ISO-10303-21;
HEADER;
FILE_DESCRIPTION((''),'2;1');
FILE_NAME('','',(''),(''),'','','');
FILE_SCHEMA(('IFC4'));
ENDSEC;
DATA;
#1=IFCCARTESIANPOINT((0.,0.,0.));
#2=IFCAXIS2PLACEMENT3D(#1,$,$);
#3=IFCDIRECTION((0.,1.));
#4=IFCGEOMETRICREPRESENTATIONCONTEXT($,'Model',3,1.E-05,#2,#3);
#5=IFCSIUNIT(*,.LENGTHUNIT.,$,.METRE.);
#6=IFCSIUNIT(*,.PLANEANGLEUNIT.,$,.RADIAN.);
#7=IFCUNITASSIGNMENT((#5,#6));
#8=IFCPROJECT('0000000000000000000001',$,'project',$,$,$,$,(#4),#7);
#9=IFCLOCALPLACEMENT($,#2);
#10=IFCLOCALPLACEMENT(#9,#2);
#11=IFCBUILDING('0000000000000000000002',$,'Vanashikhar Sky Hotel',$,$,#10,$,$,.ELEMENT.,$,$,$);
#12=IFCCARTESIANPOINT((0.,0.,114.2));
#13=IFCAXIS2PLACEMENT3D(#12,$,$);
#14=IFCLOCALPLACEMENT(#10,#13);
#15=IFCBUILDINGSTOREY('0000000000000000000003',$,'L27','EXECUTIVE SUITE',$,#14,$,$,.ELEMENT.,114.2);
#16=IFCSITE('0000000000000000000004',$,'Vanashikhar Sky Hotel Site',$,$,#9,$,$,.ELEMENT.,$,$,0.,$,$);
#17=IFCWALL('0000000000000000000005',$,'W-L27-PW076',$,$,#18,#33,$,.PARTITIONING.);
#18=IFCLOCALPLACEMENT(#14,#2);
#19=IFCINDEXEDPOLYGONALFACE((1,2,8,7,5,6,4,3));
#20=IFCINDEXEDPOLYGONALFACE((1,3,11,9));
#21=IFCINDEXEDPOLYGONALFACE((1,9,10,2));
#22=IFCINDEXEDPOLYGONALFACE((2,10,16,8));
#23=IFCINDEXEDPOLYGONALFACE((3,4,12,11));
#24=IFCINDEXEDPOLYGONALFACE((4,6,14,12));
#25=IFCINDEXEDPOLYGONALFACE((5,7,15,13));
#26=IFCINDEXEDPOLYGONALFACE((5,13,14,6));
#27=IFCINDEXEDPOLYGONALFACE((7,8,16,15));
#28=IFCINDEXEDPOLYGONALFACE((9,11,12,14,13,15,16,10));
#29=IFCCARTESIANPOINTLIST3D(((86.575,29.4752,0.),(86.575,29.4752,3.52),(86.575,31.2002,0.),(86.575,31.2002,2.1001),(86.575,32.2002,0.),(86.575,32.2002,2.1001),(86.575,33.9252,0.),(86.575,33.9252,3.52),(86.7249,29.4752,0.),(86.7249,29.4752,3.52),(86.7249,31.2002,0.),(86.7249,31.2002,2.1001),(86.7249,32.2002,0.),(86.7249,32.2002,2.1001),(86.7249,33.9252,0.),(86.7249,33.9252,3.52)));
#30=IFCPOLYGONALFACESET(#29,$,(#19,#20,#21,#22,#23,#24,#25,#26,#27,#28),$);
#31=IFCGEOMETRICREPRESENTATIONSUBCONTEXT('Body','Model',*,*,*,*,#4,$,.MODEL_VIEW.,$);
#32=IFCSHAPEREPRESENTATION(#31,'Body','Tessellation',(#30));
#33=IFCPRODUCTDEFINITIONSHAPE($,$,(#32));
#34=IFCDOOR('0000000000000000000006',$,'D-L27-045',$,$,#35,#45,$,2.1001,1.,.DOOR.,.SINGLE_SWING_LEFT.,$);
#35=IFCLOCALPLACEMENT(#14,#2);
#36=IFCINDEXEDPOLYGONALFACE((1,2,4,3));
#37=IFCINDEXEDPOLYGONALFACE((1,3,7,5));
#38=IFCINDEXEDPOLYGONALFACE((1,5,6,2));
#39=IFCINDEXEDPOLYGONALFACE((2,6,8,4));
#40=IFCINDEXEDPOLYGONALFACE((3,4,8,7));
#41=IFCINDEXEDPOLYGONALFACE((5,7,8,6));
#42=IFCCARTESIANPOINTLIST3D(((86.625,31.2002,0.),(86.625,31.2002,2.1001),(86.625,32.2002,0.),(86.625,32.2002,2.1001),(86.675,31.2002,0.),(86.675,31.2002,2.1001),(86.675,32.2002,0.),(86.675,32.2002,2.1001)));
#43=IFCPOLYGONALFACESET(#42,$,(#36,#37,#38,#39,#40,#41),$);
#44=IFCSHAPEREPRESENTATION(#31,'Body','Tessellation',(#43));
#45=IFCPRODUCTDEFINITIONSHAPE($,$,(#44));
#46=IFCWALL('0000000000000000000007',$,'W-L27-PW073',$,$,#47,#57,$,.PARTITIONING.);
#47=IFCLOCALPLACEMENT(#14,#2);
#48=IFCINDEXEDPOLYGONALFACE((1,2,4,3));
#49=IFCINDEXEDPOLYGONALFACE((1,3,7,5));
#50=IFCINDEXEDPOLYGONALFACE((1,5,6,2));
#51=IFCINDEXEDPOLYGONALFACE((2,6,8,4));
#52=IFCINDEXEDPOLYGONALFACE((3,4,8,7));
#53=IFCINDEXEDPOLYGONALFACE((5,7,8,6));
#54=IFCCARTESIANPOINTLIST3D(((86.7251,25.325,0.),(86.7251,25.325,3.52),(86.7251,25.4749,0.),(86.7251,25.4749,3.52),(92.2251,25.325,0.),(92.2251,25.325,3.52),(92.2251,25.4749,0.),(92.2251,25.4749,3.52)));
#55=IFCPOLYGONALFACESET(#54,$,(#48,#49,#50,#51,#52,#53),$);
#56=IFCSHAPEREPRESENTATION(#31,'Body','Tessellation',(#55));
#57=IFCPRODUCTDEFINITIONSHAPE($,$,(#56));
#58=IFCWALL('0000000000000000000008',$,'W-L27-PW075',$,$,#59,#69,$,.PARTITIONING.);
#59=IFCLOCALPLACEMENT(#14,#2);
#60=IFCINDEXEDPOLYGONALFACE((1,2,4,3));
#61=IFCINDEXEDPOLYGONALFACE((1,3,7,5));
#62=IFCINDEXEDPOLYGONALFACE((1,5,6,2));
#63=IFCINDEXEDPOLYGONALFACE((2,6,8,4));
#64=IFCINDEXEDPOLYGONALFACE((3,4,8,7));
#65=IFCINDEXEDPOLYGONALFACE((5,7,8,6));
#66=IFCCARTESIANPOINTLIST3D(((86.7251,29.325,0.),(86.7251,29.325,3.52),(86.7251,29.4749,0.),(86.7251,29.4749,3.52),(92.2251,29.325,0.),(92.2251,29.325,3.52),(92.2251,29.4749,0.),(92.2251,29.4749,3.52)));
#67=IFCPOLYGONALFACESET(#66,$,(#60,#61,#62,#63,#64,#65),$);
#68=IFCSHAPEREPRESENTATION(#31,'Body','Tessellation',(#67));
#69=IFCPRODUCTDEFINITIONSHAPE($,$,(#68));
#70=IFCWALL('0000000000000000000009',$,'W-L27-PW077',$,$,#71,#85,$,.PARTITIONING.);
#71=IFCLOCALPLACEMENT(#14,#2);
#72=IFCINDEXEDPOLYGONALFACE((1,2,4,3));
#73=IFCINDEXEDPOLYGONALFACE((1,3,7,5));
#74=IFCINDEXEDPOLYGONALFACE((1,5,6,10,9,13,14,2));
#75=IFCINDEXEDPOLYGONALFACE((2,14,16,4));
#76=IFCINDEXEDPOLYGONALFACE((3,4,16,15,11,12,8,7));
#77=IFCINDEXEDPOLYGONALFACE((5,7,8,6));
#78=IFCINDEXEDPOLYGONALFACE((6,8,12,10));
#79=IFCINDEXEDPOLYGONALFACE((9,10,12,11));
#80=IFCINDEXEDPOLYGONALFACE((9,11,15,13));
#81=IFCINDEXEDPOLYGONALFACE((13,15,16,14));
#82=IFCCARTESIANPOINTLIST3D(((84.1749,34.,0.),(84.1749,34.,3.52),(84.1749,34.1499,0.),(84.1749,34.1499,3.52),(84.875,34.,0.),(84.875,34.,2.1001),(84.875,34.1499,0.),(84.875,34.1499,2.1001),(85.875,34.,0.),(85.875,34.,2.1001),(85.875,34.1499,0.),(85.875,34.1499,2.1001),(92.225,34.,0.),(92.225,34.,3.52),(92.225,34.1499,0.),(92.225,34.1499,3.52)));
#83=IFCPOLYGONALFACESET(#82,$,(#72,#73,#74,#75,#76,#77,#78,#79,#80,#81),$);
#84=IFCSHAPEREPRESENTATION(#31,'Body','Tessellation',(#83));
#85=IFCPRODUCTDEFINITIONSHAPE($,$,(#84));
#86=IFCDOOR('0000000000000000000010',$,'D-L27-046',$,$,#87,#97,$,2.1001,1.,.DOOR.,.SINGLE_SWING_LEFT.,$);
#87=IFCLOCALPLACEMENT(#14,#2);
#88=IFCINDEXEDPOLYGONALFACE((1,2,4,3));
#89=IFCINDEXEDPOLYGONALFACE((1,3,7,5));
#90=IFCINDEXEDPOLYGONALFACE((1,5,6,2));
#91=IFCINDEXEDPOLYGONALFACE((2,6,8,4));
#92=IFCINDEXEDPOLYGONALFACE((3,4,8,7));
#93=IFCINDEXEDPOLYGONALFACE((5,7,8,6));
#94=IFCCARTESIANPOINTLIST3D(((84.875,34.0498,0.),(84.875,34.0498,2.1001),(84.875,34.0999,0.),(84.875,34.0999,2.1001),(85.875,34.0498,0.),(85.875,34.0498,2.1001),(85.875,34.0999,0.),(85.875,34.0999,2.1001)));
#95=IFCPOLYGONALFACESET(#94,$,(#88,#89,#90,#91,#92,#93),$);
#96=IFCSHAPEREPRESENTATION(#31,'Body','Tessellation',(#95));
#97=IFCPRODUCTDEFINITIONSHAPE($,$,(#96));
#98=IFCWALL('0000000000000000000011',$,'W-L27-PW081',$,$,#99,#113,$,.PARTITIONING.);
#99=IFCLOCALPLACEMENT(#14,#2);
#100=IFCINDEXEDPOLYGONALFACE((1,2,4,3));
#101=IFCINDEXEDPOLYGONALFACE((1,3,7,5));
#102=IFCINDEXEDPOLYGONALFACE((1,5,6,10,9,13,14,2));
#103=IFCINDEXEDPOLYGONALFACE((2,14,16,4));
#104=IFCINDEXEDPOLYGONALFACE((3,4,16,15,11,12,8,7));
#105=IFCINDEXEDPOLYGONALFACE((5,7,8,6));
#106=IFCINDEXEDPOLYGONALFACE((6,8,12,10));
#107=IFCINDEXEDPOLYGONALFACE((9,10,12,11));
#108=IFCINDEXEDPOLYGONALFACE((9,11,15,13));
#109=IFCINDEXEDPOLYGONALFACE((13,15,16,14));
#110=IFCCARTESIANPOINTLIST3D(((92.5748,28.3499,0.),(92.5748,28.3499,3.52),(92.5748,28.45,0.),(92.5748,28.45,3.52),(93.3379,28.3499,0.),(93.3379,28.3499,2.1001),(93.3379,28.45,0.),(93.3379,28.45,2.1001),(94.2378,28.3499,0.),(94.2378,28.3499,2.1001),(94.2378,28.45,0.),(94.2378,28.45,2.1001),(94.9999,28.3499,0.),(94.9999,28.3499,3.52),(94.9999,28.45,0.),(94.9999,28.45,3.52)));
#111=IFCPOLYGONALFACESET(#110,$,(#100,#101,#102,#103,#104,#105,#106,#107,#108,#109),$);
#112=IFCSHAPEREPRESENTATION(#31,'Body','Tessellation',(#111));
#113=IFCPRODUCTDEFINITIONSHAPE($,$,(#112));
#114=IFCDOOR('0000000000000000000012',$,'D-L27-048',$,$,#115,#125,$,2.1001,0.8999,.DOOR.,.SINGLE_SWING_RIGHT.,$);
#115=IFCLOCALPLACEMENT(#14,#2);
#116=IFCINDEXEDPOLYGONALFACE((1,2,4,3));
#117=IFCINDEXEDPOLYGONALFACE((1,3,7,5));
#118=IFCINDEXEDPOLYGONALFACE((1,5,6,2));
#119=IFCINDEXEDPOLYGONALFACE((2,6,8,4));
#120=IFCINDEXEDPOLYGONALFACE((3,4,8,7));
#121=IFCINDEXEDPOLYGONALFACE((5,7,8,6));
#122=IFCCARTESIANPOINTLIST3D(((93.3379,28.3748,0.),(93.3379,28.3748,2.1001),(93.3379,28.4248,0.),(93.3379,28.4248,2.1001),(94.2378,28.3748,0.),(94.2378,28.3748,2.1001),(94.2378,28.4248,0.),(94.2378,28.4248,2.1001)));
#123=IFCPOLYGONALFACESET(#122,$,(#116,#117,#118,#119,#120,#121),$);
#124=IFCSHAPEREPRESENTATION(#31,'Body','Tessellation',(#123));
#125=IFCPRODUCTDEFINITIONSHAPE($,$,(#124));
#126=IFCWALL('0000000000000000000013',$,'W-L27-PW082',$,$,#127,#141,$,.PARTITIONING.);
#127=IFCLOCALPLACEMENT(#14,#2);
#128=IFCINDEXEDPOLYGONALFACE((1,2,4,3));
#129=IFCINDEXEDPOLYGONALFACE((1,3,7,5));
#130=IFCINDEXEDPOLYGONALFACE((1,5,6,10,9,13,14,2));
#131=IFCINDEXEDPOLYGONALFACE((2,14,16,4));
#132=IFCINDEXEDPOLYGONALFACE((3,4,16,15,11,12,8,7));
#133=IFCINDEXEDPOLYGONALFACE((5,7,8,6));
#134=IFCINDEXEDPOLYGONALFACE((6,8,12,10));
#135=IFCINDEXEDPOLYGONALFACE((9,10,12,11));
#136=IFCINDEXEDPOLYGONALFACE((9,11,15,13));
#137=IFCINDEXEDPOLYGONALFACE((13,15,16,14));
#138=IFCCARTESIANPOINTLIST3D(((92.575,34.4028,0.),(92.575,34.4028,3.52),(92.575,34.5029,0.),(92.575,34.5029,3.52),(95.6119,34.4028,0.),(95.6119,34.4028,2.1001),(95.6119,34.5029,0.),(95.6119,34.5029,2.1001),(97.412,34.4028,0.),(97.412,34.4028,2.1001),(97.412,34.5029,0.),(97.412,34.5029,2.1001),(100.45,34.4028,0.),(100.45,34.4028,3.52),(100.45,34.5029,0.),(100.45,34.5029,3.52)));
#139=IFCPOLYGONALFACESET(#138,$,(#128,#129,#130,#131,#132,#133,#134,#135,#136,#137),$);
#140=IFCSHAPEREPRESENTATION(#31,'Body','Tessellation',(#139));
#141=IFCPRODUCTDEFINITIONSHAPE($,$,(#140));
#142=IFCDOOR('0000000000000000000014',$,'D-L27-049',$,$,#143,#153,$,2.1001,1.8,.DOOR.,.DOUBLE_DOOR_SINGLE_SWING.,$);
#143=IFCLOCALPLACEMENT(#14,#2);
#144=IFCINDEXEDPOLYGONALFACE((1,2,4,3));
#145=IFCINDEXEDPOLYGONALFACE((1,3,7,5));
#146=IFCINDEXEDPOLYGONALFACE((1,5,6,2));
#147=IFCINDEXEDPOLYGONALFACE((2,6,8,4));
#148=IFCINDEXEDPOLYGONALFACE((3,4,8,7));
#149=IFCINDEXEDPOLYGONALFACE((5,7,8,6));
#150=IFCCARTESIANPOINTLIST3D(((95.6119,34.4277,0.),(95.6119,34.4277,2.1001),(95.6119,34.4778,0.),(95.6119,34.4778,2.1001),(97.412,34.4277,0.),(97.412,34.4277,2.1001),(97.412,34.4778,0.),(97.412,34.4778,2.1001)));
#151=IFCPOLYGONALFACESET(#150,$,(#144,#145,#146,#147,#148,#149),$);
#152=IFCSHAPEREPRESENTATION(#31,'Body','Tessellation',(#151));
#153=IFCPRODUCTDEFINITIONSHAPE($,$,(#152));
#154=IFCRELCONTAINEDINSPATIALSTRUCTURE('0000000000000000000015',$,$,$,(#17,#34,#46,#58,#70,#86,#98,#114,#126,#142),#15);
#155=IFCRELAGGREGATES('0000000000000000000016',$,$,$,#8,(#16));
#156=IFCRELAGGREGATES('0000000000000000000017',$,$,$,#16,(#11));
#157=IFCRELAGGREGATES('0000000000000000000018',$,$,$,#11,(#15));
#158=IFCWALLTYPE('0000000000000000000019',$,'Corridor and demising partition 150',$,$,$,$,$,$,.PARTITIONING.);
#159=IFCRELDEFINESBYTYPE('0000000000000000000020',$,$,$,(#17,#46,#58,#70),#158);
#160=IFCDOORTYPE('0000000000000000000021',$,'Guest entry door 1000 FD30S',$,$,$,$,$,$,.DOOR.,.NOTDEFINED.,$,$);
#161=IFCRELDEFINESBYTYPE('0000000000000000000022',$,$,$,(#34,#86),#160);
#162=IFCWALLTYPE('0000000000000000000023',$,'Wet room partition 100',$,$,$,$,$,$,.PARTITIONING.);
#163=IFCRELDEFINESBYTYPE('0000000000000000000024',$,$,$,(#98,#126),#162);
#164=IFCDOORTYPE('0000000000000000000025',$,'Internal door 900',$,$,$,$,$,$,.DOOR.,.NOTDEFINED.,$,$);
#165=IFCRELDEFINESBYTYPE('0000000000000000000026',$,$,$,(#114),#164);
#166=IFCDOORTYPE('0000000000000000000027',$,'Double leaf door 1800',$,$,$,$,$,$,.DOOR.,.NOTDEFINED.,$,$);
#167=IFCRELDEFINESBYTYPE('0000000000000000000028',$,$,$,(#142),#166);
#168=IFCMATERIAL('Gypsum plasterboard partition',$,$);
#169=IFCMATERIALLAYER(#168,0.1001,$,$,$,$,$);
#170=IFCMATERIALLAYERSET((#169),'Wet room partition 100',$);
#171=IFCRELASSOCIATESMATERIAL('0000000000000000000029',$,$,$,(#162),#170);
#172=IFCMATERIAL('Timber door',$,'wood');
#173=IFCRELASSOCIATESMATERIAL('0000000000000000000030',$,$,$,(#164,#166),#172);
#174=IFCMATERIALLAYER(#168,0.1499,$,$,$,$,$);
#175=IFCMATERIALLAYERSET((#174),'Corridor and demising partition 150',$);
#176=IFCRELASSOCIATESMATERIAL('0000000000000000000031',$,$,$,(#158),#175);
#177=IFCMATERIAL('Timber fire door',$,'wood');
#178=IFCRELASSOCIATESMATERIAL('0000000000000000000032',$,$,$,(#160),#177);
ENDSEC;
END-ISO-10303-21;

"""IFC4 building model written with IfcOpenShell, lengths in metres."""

from ifc_helpers import new_model, si_unit, direction, frame, frame_2d, origin, place, context, subcontext, project, spatial, rectangle, extrude, source, transform, mapped, material, layer, layer_set, type_object, element, fill, save


model = new_model("IFC4")

# Units and contexts
model_context = context("Model", 3, precision=1e-05, world=origin(), true_north=direction((0.0, 1.0)))
body_context = subcontext(model_context, "Body", "Model", "MODEL_VIEW")
ifc_project = project(units=[si_unit("LENGTHUNIT", "METRE"), si_unit("PLANEANGLEUNIT", "RADIAN")], contexts=[model_context])

# Site, building, storey
site_placement = place(None, origin())
site = spatial("IfcSite", under=ifc_project, at=site_placement, Name="Vanashikhar Sky Hotel Site", CompositionType="ELEMENT", RefElevation=0.0)
building_placement = place(site_placement, origin())
building = spatial("IfcBuilding", under=site, at=building_placement, Name="Vanashikhar Sky Hotel", CompositionType="ELEMENT")
storey_placement = place(building_placement, frame((0.0, 0.0, 114.2)))
storey = spatial("IfcBuildingStorey", under=building, at=storey_placement, Name="L27", Description="EXECUTIVE SUITE", CompositionType="ELEMENT", Elevation=114.2)

# Shared definitions
ifc_material_1 = material(Name="Gypsum plasterboard partition")
ifc_layer_1 = layer(ifc_material_1, 0.1001)
ifc_layer_set_1 = layer_set([ifc_layer_1], Name="Wet room partition 100")
wall_type_1 = type_object("IfcWallType", Name="Wet room partition 100", PredefinedType="PARTITIONING", material=ifc_layer_set_1)
shared_shape_1 = source(origin(), body_context, "Body", "SweptSolid", [
    extrude(rectangle(XDim=0.8999, YDim=2.1001, at=frame_2d((0.45, 1.05))), frame((0.0, 0.0601, 0.0), z_axis=(0.0, -1.0, 0.0), x_axis=(1.0, 0.0, 0.0)), (0.0, 0.0, 1.0), 0.1201),
])
ifc_material_2 = material(Name="Timber door", Category="wood")
door_type_1 = type_object("IfcDoorType", Name="Internal door 900", OperationType="NOTDEFINED", PredefinedType="DOOR", material=ifc_material_2)
shared_shape_2 = source(origin(), body_context, "Body", "SweptSolid", [
    extrude(rectangle(XDim=0.8999, YDim=2.1001, at=frame_2d((0.45, 1.05))), frame((0.0, 0.0249, 0.0), z_axis=(0.0, -1.0, 0.0), x_axis=(1.0, 0.0, 0.0)), (0.0, 0.0, 1.0), 0.05),
])

# Wall, opening, door
ifc_layer_2 = layer(ifc_material_1, 0.1499)
ifc_layer_set_2 = layer_set([ifc_layer_2], Name="Corridor and demising partition 150")
wall_type_2 = type_object("IfcWallType", Name="Corridor and demising partition 150", PredefinedType="PARTITIONING", material=ifc_layer_set_2)
shared_shape_3 = source(origin(), body_context, "Body", "SweptSolid", [
    extrude(rectangle(XDim=1.0, YDim=2.1001, at=frame_2d((0.5, 1.05))), frame((0.0, 0.085, 0.0), z_axis=(0.0, -1.0, 0.0), x_axis=(1.0, 0.0, 0.0)), (0.0, 0.0, 1.0), 0.1699),
])
ifc_material_3 = material(Name="Timber fire door", Category="wood")
door_type_2 = type_object("IfcDoorType", Name="Guest entry door 1000 FD30S", OperationType="NOTDEFINED", PredefinedType="DOOR", material=ifc_material_3)
shared_shape_4 = source(origin(), body_context, "Body", "SweptSolid", [
    extrude(rectangle(XDim=1.0, YDim=2.1001, at=frame_2d((0.5, 1.05))), frame((0.0, 0.0249, 0.0), z_axis=(0.0, -1.0, 0.0), x_axis=(1.0, 0.0, 0.0)), (0.0, 0.0, 1.0), 0.05),
])
shared_shape_5 = source(origin(), body_context, "Body", "SweptSolid", [
    extrude(rectangle(XDim=4.45, YDim=0.1499, at=frame_2d((2.2251, 0.0))), origin(), (0.0, 0.0, 1.0), 3.52),
])
wall_1_placement = place(storey_placement, frame((86.6499, 29.4751, 0.0), z_axis=(0.0, 0.0, 1.0), x_axis=(0.0, 1.0, 0.0)))
wall_1 = element("IfcWall", 1, at=wall_1_placement, inside=storey, type_object=wall_type_2, Name="W-L27-PW076", PredefinedType="PARTITIONING", context=body_context, shape_type="MappedRepresentation", body=[
    mapped(shared_shape_5, transform((0.0, 0.0, 0.0), scale=1.0)),
])
opening_1_placement = place(wall_1_placement, frame((1.7251, 0.0, 0.0)))
opening_1 = element("IfcOpeningElement", 2, at=opening_1_placement, cuts=wall_1, PredefinedType="OPENING", context=body_context, shape_type="MappedRepresentation", body=[
    mapped(shared_shape_3, transform((0.0, 0.0, 0.0), scale=1.0)),
])
door_1_placement = place(opening_1_placement, origin())
door_1 = element("IfcDoor", 3, at=door_1_placement, inside=storey, type_object=door_type_2, Name="D-L27-045", OperationType="SINGLE_SWING_LEFT", OverallHeight=2.1001, OverallWidth=1.0, PredefinedType="DOOR", context=body_context, shape_type="MappedRepresentation", body=[
    mapped(shared_shape_4, transform((0.0, 0.0, 0.0), scale=1.0)),
])
fill(opening_1, door_1)

# Walls
shared_shape_6 = source(origin(), body_context, "Body", "SweptSolid", [
    extrude(rectangle(XDim=5.5, YDim=0.1499, at=frame_2d((2.75, 0.0))), origin(), (0.0, 0.0, 1.0), 3.52),
])
for number, where, z_axis, x_axis, name in (
    (4, (86.7251, 25.3999, 0.0), (0.0, 0.0, 1.0), (1.0, 0.0, 0.0), "W-L27-PW073"),
    (5, (86.7251, 29.3999, 0.0), (0.0, 0.0, 1.0), (1.0, 0.0, 0.0), "W-L27-PW075"),
):
    element("IfcWall", number, at=place(storey_placement, frame(where, z_axis=z_axis, x_axis=x_axis)), inside=storey, type_object=wall_type_2, Name=name, PredefinedType="PARTITIONING", context=body_context, shape_type="MappedRepresentation", body=[
        mapped(shared_shape_6, transform((0.0, 0.0, 0.0), scale=1.0)),
    ])

# Walls, openings, doors
shared_shape_7 = source(origin(), body_context, "Body", "SweptSolid", [
    extrude(rectangle(XDim=8.05, YDim=0.1499, at=frame_2d((4.0249, 0.0))), origin(), (0.0, 0.0, 1.0), 3.52),
])
wall_2_placement = place(storey_placement, frame((84.175, 34.075, 0.0), z_axis=(0.0, 0.0, 1.0), x_axis=(1.0, 0.0, 0.0)))
wall_2 = element("IfcWall", 6, at=wall_2_placement, inside=storey, type_object=wall_type_2, Name="W-L27-PW077", PredefinedType="PARTITIONING", context=body_context, shape_type="MappedRepresentation", body=[
    mapped(shared_shape_7, transform((0.0, 0.0, 0.0), scale=1.0)),
])
opening_2_placement = place(wall_2_placement, frame((0.7, 0.0, 0.0)))
opening_2 = element("IfcOpeningElement", 7, at=opening_2_placement, cuts=wall_2, PredefinedType="OPENING", context=body_context, shape_type="MappedRepresentation", body=[
    mapped(shared_shape_3, transform((0.0, 0.0, 0.0), scale=1.0)),
])
door_2_placement = place(opening_2_placement, origin())
door_2 = element("IfcDoor", 8, at=door_2_placement, inside=storey, type_object=door_type_2, Name="D-L27-046", OperationType="SINGLE_SWING_LEFT", OverallHeight=2.1001, OverallWidth=1.0, PredefinedType="DOOR", context=body_context, shape_type="MappedRepresentation", body=[
    mapped(shared_shape_4, transform((0.0, 0.0, 0.0), scale=1.0)),
])
fill(opening_2, door_2)
shared_shape_8 = source(origin(), body_context, "Body", "SweptSolid", [
    extrude(rectangle(XDim=2.425, YDim=0.1001, at=frame_2d((1.2124, 0.0))), origin(), (0.0, 0.0, 1.0), 3.52),
])
wall_3_placement = place(storey_placement, frame((92.575, 28.3999, 0.0), z_axis=(0.0, 0.0, 1.0), x_axis=(1.0, 0.0, 0.0)))
wall_3 = element("IfcWall", 9, at=wall_3_placement, inside=storey, type_object=wall_type_1, Name="W-L27-PW081", PredefinedType="PARTITIONING", context=body_context, shape_type="MappedRepresentation", body=[
    mapped(shared_shape_8, transform((0.0, 0.0, 0.0), scale=1.0)),
])
opening_3_placement = place(wall_3_placement, frame((0.7629, 0.0, 0.0)))
opening_3 = element("IfcOpeningElement", 10, at=opening_3_placement, cuts=wall_3, PredefinedType="OPENING", context=body_context, shape_type="MappedRepresentation", body=[
    mapped(shared_shape_1, transform((0.0, 0.0, 0.0), scale=1.0)),
])
door_3_placement = place(opening_3_placement, origin())
door_3 = element("IfcDoor", 11, at=door_3_placement, inside=storey, type_object=door_type_1, Name="D-L27-048", OperationType="SINGLE_SWING_RIGHT", OverallHeight=2.1001, OverallWidth=0.8999, PredefinedType="DOOR", context=body_context, shape_type="MappedRepresentation", body=[
    mapped(shared_shape_2, transform((0.0, 0.0, 0.0), scale=1.0)),
])
fill(opening_3, door_3)
shared_shape_9 = source(origin(), body_context, "Body", "SweptSolid", [
    extrude(rectangle(XDim=7.875, YDim=0.1001, at=frame_2d((3.9375, 0.0))), origin(), (0.0, 0.0, 1.0), 3.52),
])
wall_4_placement = place(storey_placement, frame((92.575, 34.4529, 0.0), z_axis=(0.0, 0.0, 1.0), x_axis=(1.0, 0.0, 0.0)))
wall_4 = element("IfcWall", 12, at=wall_4_placement, inside=storey, type_object=wall_type_1, Name="W-L27-PW082", PredefinedType="PARTITIONING", context=body_context, shape_type="MappedRepresentation", body=[
    mapped(shared_shape_9, transform((0.0, 0.0, 0.0), scale=1.0)),
])
shared_shape_10 = source(origin(), body_context, "Body", "SweptSolid", [
    extrude(rectangle(XDim=1.8, YDim=2.1001, at=frame_2d((0.8999, 1.05))), frame((0.0, 0.0601, 0.0), z_axis=(0.0, -1.0, 0.0), x_axis=(1.0, 0.0, 0.0)), (0.0, 0.0, 1.0), 0.1201),
])
opening_4_placement = place(wall_4_placement, frame((3.0371, 0.0, 0.0)))
opening_4 = element("IfcOpeningElement", 13, at=opening_4_placement, cuts=wall_4, PredefinedType="OPENING", context=body_context, shape_type="MappedRepresentation", body=[
    mapped(shared_shape_10, transform((0.0, 0.0, 0.0), scale=1.0)),
])
door_type_3 = type_object("IfcDoorType", Name="Double leaf door 1800", OperationType="NOTDEFINED", PredefinedType="DOOR", material=ifc_material_2)
shared_shape_11 = source(origin(), body_context, "Body", "SweptSolid", [
    extrude(rectangle(XDim=1.8, YDim=2.1001, at=frame_2d((0.8999, 1.05))), frame((0.0, 0.0249, 0.0), z_axis=(0.0, -1.0, 0.0), x_axis=(1.0, 0.0, 0.0)), (0.0, 0.0, 1.0), 0.05),
])
door_4_placement = place(opening_4_placement, origin())
door_4 = element("IfcDoor", 14, at=door_4_placement, inside=storey, type_object=door_type_3, Name="D-L27-049", OperationType="DOUBLE_DOOR_SINGLE_SWING", OverallHeight=2.1001, OverallWidth=1.8, PredefinedType="DOOR", context=body_context, shape_type="MappedRepresentation", body=[
    mapped(shared_shape_11, transform((0.0, 0.0, 0.0), scale=1.0)),
])
fill(opening_4, door_4)

save(model, "model.ifc")
